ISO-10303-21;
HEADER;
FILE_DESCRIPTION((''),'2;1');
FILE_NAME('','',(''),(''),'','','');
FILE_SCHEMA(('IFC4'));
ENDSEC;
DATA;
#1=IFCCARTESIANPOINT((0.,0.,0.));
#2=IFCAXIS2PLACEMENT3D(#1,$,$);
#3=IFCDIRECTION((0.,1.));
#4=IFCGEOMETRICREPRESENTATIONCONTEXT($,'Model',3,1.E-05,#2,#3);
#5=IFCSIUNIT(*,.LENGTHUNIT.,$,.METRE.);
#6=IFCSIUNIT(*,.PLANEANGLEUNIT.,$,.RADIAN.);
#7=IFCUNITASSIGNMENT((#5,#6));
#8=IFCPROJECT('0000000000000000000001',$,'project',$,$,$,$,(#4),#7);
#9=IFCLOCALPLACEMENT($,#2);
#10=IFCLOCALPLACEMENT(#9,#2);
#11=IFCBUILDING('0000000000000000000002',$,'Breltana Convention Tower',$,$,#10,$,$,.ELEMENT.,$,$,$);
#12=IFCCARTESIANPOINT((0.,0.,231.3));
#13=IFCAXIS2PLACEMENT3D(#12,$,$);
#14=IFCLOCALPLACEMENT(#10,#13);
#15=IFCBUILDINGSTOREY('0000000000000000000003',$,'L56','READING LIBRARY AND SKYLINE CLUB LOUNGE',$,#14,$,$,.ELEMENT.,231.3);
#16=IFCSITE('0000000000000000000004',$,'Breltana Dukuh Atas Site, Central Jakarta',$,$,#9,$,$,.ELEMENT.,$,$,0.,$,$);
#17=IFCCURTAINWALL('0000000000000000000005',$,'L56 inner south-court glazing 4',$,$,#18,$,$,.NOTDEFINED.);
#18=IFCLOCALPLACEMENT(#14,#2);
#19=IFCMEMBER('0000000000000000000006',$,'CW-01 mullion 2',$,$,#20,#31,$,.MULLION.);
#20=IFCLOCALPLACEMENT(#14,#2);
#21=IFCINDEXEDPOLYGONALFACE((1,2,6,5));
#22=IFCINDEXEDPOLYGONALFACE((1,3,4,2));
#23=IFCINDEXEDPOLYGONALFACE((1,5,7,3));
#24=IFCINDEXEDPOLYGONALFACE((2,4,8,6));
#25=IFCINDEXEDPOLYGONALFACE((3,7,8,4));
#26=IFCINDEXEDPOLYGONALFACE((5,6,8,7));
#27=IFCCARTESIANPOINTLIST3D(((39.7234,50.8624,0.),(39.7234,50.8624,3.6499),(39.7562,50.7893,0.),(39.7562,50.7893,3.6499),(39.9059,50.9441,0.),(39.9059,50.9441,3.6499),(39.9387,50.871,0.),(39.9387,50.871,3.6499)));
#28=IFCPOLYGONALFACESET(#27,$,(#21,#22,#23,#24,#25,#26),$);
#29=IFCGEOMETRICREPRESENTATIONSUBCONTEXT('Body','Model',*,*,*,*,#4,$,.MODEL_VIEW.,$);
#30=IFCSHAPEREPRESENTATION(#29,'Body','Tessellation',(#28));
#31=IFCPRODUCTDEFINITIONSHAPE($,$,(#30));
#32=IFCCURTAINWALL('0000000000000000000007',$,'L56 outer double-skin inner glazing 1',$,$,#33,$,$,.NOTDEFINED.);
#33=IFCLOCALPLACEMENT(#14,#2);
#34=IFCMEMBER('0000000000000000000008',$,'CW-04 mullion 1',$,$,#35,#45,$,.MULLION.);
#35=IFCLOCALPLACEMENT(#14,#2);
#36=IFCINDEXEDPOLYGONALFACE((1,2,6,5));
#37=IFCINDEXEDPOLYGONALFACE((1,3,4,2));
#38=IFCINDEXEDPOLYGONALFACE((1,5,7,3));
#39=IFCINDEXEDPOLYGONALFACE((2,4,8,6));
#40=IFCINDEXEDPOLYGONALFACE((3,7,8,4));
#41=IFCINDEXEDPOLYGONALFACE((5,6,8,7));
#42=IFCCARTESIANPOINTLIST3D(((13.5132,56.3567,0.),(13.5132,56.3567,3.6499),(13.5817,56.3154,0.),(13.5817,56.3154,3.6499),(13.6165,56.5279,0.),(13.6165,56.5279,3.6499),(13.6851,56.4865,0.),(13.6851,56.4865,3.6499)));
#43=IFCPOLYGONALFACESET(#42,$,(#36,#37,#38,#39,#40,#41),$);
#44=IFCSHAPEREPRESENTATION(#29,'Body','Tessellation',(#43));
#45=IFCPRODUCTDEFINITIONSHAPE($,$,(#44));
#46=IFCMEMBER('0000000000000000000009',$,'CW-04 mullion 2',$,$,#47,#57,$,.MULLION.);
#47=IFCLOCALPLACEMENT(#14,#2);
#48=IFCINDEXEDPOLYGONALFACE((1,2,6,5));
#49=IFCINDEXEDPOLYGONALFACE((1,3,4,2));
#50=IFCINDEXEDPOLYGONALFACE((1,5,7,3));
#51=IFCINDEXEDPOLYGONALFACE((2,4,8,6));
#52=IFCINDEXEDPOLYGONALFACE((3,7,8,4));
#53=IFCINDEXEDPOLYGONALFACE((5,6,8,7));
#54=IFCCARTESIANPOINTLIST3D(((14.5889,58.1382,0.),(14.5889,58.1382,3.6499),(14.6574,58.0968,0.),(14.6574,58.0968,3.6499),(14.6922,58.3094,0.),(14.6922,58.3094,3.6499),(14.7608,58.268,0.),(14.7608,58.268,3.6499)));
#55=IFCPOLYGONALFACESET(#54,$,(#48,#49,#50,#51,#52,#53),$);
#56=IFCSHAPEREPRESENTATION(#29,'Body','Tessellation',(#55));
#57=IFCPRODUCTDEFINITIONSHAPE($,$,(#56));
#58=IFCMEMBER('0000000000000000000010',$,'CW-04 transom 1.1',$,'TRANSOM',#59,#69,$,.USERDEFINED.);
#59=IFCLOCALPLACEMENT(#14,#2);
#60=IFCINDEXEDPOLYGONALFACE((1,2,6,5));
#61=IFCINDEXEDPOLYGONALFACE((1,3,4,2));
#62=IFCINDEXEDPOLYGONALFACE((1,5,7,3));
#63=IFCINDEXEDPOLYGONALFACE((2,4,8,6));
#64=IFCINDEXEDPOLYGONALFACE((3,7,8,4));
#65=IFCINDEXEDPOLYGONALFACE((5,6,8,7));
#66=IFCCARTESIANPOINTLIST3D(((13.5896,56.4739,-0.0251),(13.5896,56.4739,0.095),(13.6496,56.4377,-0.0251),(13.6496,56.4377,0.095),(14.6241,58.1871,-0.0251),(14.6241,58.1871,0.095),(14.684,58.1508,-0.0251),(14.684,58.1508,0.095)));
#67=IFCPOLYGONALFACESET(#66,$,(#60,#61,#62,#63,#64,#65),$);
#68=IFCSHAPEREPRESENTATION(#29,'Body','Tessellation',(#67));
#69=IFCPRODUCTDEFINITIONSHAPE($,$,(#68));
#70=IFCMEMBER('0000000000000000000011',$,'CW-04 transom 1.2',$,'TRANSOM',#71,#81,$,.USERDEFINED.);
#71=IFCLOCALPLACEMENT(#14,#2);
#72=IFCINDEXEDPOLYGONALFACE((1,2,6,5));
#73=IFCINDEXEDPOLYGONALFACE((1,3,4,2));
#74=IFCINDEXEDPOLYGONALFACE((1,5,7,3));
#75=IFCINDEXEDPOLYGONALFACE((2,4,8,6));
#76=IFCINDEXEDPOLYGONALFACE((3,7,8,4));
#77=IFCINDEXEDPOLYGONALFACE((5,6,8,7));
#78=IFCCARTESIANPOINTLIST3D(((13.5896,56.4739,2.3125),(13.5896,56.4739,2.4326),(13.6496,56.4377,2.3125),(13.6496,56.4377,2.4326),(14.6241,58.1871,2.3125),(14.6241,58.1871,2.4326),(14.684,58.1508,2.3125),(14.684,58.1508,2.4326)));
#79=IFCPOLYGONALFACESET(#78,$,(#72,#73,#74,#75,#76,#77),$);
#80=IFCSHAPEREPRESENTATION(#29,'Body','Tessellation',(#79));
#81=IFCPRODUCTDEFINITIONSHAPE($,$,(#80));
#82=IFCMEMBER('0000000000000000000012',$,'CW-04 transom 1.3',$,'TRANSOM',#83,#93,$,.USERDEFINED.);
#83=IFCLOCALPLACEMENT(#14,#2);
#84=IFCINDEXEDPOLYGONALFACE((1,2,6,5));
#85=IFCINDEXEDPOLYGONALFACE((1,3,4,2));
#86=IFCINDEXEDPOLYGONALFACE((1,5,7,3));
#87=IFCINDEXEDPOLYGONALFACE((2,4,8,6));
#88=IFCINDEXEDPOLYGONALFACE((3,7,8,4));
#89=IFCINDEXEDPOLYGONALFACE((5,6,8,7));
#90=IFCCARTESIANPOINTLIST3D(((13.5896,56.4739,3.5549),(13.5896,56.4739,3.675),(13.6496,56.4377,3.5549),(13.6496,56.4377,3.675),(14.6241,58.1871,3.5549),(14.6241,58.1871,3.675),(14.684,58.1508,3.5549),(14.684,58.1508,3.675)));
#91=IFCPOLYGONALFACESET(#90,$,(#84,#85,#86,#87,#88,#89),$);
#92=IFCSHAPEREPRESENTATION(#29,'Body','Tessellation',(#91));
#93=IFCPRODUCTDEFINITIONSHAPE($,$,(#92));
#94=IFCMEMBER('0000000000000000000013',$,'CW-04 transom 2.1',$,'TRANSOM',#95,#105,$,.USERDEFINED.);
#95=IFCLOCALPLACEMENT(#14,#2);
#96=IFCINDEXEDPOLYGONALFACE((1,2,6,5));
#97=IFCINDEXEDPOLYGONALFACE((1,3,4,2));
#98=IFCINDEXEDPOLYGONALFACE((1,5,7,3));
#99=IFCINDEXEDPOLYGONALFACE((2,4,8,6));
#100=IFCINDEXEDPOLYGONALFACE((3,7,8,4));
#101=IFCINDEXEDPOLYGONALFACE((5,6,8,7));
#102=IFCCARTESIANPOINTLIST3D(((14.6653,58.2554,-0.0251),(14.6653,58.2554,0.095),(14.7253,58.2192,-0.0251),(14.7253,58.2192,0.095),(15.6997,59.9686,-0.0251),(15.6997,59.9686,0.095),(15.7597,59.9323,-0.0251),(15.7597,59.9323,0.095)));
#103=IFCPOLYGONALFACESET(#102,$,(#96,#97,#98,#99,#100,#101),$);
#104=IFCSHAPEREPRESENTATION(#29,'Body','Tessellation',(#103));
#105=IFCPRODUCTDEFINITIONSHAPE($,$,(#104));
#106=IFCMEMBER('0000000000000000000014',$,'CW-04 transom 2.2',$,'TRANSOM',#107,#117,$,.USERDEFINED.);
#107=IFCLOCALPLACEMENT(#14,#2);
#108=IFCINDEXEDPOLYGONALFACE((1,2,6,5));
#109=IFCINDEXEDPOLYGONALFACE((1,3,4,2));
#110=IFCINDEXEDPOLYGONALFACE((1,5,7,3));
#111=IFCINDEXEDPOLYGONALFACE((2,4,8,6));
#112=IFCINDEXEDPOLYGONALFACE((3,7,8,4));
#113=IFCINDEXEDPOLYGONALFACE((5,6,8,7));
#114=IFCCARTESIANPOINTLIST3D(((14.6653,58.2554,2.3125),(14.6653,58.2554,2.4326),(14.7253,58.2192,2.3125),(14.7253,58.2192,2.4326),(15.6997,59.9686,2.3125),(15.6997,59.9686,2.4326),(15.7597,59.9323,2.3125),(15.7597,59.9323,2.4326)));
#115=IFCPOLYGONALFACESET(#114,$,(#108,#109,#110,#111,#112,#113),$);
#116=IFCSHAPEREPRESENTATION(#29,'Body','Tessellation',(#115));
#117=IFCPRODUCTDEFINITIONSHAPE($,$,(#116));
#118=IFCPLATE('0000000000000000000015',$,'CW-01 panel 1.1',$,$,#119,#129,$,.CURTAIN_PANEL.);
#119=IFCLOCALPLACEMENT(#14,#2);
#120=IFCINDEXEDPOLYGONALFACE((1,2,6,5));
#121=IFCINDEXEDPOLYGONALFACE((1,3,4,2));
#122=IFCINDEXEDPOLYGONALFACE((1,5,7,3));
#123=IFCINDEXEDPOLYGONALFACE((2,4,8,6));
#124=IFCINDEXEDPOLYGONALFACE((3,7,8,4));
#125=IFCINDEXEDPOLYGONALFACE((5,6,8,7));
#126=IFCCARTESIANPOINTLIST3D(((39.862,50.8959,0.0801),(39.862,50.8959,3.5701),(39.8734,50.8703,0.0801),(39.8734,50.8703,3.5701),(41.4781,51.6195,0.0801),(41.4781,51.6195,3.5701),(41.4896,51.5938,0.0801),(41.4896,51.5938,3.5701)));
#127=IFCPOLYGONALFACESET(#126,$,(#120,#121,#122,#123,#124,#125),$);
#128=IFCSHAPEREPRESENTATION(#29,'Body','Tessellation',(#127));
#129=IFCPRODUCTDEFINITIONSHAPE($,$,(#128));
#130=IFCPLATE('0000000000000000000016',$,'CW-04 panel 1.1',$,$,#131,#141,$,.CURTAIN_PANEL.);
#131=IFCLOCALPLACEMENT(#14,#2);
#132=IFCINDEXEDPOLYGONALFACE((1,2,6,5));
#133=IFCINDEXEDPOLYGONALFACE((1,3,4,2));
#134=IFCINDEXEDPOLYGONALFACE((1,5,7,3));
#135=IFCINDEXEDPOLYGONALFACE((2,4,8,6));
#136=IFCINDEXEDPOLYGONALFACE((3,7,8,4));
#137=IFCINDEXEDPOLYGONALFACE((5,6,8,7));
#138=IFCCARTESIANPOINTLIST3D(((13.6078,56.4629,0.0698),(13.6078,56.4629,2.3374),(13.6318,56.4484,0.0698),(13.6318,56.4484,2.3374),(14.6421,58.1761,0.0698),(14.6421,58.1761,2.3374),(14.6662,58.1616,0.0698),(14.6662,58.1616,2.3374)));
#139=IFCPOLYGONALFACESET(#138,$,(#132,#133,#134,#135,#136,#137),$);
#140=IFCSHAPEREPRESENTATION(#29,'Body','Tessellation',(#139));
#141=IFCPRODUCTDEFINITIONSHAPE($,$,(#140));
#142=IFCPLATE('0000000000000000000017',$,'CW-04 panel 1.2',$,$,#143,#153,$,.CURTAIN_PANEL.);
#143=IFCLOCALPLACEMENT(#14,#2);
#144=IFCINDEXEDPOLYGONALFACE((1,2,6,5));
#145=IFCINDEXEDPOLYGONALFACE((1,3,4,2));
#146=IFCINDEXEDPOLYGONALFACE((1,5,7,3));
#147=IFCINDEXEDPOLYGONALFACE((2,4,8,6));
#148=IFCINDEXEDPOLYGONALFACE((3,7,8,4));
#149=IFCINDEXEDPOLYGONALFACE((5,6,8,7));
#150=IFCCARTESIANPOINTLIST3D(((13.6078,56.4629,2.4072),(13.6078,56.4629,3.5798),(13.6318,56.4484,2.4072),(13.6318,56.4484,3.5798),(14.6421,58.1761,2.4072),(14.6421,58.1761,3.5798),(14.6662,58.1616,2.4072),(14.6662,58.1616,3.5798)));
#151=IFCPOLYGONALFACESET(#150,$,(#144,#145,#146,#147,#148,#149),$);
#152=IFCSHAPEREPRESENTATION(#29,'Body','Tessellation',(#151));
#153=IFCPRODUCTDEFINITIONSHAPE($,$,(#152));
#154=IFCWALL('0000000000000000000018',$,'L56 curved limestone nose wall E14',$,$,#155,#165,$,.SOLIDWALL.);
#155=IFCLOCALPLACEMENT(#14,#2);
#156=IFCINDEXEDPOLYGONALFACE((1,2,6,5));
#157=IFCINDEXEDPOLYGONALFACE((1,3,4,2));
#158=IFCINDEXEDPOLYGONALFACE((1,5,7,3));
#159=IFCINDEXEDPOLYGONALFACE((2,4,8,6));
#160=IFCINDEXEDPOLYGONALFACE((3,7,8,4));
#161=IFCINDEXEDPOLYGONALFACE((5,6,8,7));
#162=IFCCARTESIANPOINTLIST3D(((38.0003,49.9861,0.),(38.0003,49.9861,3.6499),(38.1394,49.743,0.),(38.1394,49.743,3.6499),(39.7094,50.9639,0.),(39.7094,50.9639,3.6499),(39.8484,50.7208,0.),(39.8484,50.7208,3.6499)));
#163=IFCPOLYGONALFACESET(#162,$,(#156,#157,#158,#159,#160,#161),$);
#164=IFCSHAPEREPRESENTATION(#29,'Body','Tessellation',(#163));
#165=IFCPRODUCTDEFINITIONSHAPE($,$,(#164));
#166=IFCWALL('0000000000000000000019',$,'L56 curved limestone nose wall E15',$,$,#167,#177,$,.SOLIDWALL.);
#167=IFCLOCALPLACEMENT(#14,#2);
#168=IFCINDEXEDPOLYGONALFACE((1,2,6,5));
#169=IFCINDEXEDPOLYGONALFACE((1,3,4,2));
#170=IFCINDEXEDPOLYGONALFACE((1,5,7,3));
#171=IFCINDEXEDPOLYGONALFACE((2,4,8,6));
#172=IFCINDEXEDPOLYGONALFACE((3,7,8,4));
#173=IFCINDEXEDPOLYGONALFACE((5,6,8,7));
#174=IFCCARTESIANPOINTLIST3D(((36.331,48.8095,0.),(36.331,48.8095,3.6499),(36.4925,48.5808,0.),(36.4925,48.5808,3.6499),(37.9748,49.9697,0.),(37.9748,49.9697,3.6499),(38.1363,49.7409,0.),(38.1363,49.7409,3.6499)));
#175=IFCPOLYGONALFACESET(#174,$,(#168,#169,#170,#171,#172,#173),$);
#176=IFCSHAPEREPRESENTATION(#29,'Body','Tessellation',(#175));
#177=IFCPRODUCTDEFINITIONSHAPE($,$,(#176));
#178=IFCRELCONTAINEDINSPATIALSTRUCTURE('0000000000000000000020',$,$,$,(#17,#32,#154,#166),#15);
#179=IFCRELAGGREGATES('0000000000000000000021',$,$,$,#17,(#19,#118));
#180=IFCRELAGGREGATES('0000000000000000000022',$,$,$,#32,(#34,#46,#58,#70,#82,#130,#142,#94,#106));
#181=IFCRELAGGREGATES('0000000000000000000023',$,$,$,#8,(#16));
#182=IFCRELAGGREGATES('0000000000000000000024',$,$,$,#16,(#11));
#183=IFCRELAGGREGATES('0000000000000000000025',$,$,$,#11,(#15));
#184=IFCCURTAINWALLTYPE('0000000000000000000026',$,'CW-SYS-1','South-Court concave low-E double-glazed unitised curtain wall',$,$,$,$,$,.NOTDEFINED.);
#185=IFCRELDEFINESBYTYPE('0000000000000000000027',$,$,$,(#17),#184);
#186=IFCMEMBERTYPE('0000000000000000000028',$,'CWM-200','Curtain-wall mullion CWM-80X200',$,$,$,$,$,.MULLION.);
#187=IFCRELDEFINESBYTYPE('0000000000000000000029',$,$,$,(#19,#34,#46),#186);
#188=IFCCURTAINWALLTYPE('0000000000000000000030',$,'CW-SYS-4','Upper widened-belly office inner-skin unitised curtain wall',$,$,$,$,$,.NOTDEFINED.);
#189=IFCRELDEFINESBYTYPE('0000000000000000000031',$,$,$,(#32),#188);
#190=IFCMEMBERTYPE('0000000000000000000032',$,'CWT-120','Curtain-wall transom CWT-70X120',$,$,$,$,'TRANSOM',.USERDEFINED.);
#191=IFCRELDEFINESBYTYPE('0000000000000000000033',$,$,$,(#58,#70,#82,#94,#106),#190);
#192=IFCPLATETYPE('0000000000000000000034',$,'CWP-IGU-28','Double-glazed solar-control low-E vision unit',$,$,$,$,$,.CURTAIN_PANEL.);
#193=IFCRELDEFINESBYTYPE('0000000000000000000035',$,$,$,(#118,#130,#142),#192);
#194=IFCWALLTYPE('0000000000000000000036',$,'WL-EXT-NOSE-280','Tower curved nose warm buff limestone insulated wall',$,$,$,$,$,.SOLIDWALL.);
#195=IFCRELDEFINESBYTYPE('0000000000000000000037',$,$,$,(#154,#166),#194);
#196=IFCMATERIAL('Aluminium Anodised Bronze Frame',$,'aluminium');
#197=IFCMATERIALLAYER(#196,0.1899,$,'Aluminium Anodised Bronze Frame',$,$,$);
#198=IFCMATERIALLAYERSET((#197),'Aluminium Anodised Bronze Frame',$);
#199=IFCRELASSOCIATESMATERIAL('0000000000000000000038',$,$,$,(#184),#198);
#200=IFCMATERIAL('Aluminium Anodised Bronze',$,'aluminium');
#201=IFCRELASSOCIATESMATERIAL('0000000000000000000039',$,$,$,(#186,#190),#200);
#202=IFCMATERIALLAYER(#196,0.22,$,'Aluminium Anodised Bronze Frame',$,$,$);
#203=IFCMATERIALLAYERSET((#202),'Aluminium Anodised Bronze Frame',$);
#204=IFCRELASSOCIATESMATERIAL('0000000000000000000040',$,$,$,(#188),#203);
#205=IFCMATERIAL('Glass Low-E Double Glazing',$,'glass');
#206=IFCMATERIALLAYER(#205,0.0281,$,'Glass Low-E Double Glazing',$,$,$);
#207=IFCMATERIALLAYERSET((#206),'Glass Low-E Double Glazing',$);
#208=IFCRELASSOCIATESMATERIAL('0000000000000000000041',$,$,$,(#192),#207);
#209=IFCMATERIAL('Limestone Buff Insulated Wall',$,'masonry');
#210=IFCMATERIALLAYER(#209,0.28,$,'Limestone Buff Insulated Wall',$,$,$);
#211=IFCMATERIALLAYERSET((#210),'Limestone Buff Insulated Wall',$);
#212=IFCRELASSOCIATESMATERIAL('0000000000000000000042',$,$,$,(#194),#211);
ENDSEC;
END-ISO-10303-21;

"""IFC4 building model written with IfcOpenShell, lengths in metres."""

from ifc_helpers import new_model, si_unit, direction, frame, frame_2d, origin, origin_2d, place, context, subcontext, project, spatial, rectangle, extrude, source, transform, mapped, material, layer, layer_set, material_profile, profile_set, type_object, element, aggregate, save


model = new_model("IFC4")

# Units and contexts
model_context = context("Model", 3, precision=1e-05, world=origin(), true_north=direction((0.0, 1.0)))
body_context = subcontext(model_context, "Body", "Model", "MODEL_VIEW")
ifc_project = project(units=[si_unit("LENGTHUNIT", "METRE"), si_unit("PLANEANGLEUNIT", "RADIAN")], contexts=[model_context])

# Site, building, storey
site_placement = place(None, origin())
site = spatial("IfcSite", under=ifc_project, at=site_placement, Name="Breltana Dukuh Atas Site, Central Jakarta", CompositionType="ELEMENT", RefElevation=0.0)
building_placement = place(site_placement, origin())
building = spatial("IfcBuilding", under=site, at=building_placement, Name="Breltana Convention Tower", CompositionType="ELEMENT")
storey_placement = place(building_placement, frame((0.0, 0.0, 231.3)))
storey = spatial("IfcBuildingStorey", under=building, at=storey_placement, Name="L56", Description="READING LIBRARY AND SKYLINE CLUB LOUNGE", CompositionType="ELEMENT", Elevation=231.3)

# Curtain wall, member
ifc_material_1 = material(Name="Aluminium Anodised Bronze Frame", Category="aluminium")
ifc_layer_1 = layer(ifc_material_1, 0.1899, Name="Aluminium Anodised Bronze Frame")
ifc_layer_set_1 = layer_set([ifc_layer_1], Name="Aluminium Anodised Bronze Frame")
curtain_wall_type_1 = type_object("IfcCurtainWallType", Name="CW-SYS-1", Description="South-Court concave low-E double-glazed unitised curtain wall", PredefinedType="NOTDEFINED", material=ifc_layer_set_1)
curtain_wall_1_placement = place(storey_placement, origin())
curtain_wall_1 = element("IfcCurtainWall", 1, at=curtain_wall_1_placement, inside=storey, type_object=curtain_wall_type_1, Name="L56 inner south-court glazing 4", PredefinedType="NOTDEFINED")
ifc_material_2 = material(Name="Aluminium Anodised Bronze", Category="aluminium")
ifc_material_profile_1 = material_profile(ifc_material_2, rectangle(XDim=0.0801, YDim=0.2, at=origin_2d()), Name="CWM-80X200")
ifc_profile_set_1 = profile_set([ifc_material_profile_1], Name="Aluminium Anodised Bronze")
member_type_1 = type_object("IfcMemberType", Name="CWM-200", Description="Curtain-wall mullion CWM-80X200", PredefinedType="MULLION", material=ifc_profile_set_1)
shared_shape_1 = source(origin(), body_context, "Body", "SweptSolid", [
    extrude(rectangle(XDim=0.0801, YDim=0.2, at=origin_2d()), origin(), (0.0, 0.0, 1.0), 3.6499),
])
member_1_placement = place(storey_placement, frame((39.8311, 50.8667, 0.0), z_axis=(0.0, 0.0, 1.0), x_axis=(0.408602, -0.912713, 0.0)))
member_1 = element("IfcMember", 2, at=member_1_placement, type_object=member_type_1, Name="CW-01 mullion 2", PredefinedType="MULLION", context=body_context, shape_type="MappedRepresentation", body=[
    mapped(shared_shape_1, transform((0.0, 0.0, 0.0), scale=1.0)),
])

# Curtain wall, members
ifc_layer_2 = layer(ifc_material_1, 0.22, Name="Aluminium Anodised Bronze Frame")
ifc_layer_set_2 = layer_set([ifc_layer_2], Name="Aluminium Anodised Bronze Frame")
curtain_wall_type_2 = type_object("IfcCurtainWallType", Name="CW-SYS-4", Description="Upper widened-belly office inner-skin unitised curtain wall", PredefinedType="NOTDEFINED", material=ifc_layer_set_2)
curtain_wall_2_placement = place(storey_placement, origin())
curtain_wall_2 = element("IfcCurtainWall", 3, at=curtain_wall_2_placement, inside=storey, type_object=curtain_wall_type_2, Name="L56 outer double-skin inner glazing 1", PredefinedType="NOTDEFINED")
member_2_placement = place(storey_placement, frame((13.5991, 56.4216, 0.0), z_axis=(0.0, 0.0, 1.0), x_axis=(-0.856061, 0.516875, 0.0)))
member_2 = element("IfcMember", 4, at=member_2_placement, type_object=member_type_1, Name="CW-04 mullion 1", PredefinedType="MULLION", context=body_context, shape_type="MappedRepresentation", body=[
    mapped(shared_shape_1, transform((0.0, 0.0, 0.0), scale=1.0)),
])
member_3_placement = place(storey_placement, frame((14.6748, 58.2031, 0.0), z_axis=(0.0, 0.0, 1.0), x_axis=(-0.856061, 0.516875, 0.0)))
member_3 = element("IfcMember", 5, at=member_3_placement, type_object=member_type_1, Name="CW-04 mullion 2", PredefinedType="MULLION", context=body_context, shape_type="MappedRepresentation", body=[
    mapped(shared_shape_1, transform((0.0, 0.0, 0.0), scale=1.0)),
])
ifc_material_profile_2 = material_profile(ifc_material_2, rectangle(XDim=0.0701, YDim=0.1201, at=origin_2d()), Name="CWT-70X120")
ifc_profile_set_2 = profile_set([ifc_material_profile_2], Name="Aluminium Anodised Bronze")
member_type_2 = type_object("IfcMemberType", Name="CWT-120", Description="Curtain-wall transom CWT-70X120", ElementType="TRANSOM", PredefinedType="USERDEFINED", material=ifc_profile_set_2)
shared_shape_2 = source(origin(), body_context, "Body", "SweptSolid", [
    extrude(rectangle(XDim=0.0701, YDim=0.1201, at=origin_2d()), origin(), (0.0, 0.0, 1.0), 2.0012),
])
member_4_placement = place(storey_placement, frame((13.6196, 56.4558, 0.0349), z_axis=(0.516898, 0.856047, 0.0), x_axis=(-0.856047, 0.516898, 0.0)))
member_4 = element("IfcMember", 6, at=member_4_placement, type_object=member_type_2, Name="CW-04 transom 1.1", ObjectType="TRANSOM", PredefinedType="USERDEFINED", context=body_context, shape_type="MappedRepresentation", body=[
    mapped(shared_shape_2, transform((0.0, 0.0, 0.0), scale=1.0)),
])
member_5_placement = place(storey_placement, frame((13.6196, 56.4558, 2.3726), z_axis=(0.516898, 0.856047, 0.0), x_axis=(-0.856047, 0.516898, 0.0)))
member_5 = element("IfcMember", 7, at=member_5_placement, type_object=member_type_2, Name="CW-04 transom 1.2", ObjectType="TRANSOM", PredefinedType="USERDEFINED", context=body_context, shape_type="MappedRepresentation", body=[
    mapped(shared_shape_2, transform((0.0, 0.0, 0.0), scale=1.0)),
])
member_6_placement = place(storey_placement, frame((13.6196, 56.4558, 3.615), z_axis=(0.516898, 0.856047, 0.0), x_axis=(-0.856047, 0.516898, 0.0)))
member_6 = element("IfcMember", 8, at=member_6_placement, type_object=member_type_2, Name="CW-04 transom 1.3", ObjectType="TRANSOM", PredefinedType="USERDEFINED", context=body_context, shape_type="MappedRepresentation", body=[
    mapped(shared_shape_2, transform((0.0, 0.0, 0.0), scale=1.0)),
])
member_7_placement = place(storey_placement, frame((14.6953, 58.2373, 0.0349), z_axis=(0.516898, 0.856047, 0.0), x_axis=(-0.856047, 0.516898, 0.0)))
member_7 = element("IfcMember", 9, at=member_7_placement, type_object=member_type_2, Name="CW-04 transom 2.1", ObjectType="TRANSOM", PredefinedType="USERDEFINED", context=body_context, shape_type="MappedRepresentation", body=[
    mapped(shared_shape_2, transform((0.0, 0.0, 0.0), scale=1.0)),
])
member_8_placement = place(storey_placement, frame((14.6953, 58.2373, 2.3726), z_axis=(0.516898, 0.856047, 0.0), x_axis=(-0.856047, 0.516898, 0.0)))
member_8 = element("IfcMember", 10, at=member_8_placement, type_object=member_type_2, Name="CW-04 transom 2.2", ObjectType="TRANSOM", PredefinedType="USERDEFINED", context=body_context, shape_type="MappedRepresentation", body=[
    mapped(shared_shape_2, transform((0.0, 0.0, 0.0), scale=1.0)),
])

# Plates
ifc_material_3 = material(Name="Glass Low-E Double Glazing", Category="glass")
ifc_layer_3 = layer(ifc_material_3, 0.0281, Name="Glass Low-E Double Glazing")
ifc_layer_set_3 = layer_set([ifc_layer_3], Name="Glass Low-E Double Glazing")
plate_type = type_object("IfcPlateType", Name="CWP-IGU-28", Description="Double-glazed solar-control low-E vision unit", PredefinedType="CURTAIN_PANEL", material=ifc_layer_set_3)
shared_shape_3 = source(origin(), body_context, "Body", "SweptSolid", [
    extrude(rectangle(XDim=1.7708, YDim=0.0281, at=origin_2d()), origin(), (0.0, 0.0, 1.0), 3.49),
])
plate_1_placement = place(storey_placement, frame((40.6758, 51.2449, 0.0801), z_axis=(0.0, 0.0, 1.0), x_axis=(-0.912713, -0.408602, 0.0)))
plate_1 = element("IfcPlate", 11, at=plate_1_placement, type_object=plate_type, Name="CW-01 panel 1.1", PredefinedType="CURTAIN_PANEL", context=body_context, shape_type="MappedRepresentation", body=[
    mapped(shared_shape_3, transform((0.0, 0.0, 0.0), scale=1.0)),
])
aggregate(curtain_wall_1, [member_1, plate_1])
shared_shape_4 = source(origin(), body_context, "Body", "SweptSolid", [
    extrude(rectangle(XDim=2.0012, YDim=0.0281, at=origin_2d()), origin(), (0.0, 0.0, 1.0), 2.2676),
])
plate_2_placement = place(storey_placement, frame((14.137, 57.3123, 0.0698), z_axis=(0.0, 0.0, 1.0), x_axis=(0.516875, 0.856061, 0.0)))
plate_2 = element("IfcPlate", 12, at=plate_2_placement, type_object=plate_type, Name="CW-04 panel 1.1", PredefinedType="CURTAIN_PANEL", context=body_context, shape_type="MappedRepresentation", body=[
    mapped(shared_shape_4, transform((0.0, 0.0, 0.0), scale=1.0)),
])
shared_shape_5 = source(origin(), body_context, "Body", "SweptSolid", [
    extrude(rectangle(XDim=2.0012, YDim=0.0281, at=origin_2d()), origin(), (0.0, 0.0, 1.0), 1.1726),
])
plate_3_placement = place(storey_placement, frame((14.137, 57.3123, 2.4072), z_axis=(0.0, 0.0, 1.0), x_axis=(0.516875, 0.856061, 0.0)))
plate_3 = element("IfcPlate", 13, at=plate_3_placement, type_object=plate_type, Name="CW-04 panel 1.2", PredefinedType="CURTAIN_PANEL", context=body_context, shape_type="MappedRepresentation", body=[
    mapped(shared_shape_5, transform((0.0, 0.0, 0.0), scale=1.0)),
])
aggregate(curtain_wall_2, [member_2, member_3, member_4, member_5, member_6, plate_2, plate_3, member_7, member_8])

# Walls
ifc_material_4 = material(Name="Limestone Buff Insulated Wall", Category="masonry")
ifc_layer_4 = layer(ifc_material_4, 0.28, Name="Limestone Buff Insulated Wall")
ifc_layer_set_4 = layer_set([ifc_layer_4], Name="Limestone Buff Insulated Wall")
wall_type_1 = type_object("IfcWallType", Name="WL-EXT-NOSE-280", Description="Tower curved nose warm buff limestone insulated wall", PredefinedType="SOLIDWALL", material=ifc_layer_set_4)
shared_shape_6 = source(origin(), body_context, "Body", "SweptSolid", [
    extrude(rectangle(XDim=1.969, YDim=0.28, at=frame_2d((0.9844, 0.0))), origin(), (0.0, 0.0, 1.0), 3.6499),
])
wall_1_placement = place(storey_placement, frame((39.7788, 50.8423, 0.0), z_axis=(0.0, 0.0, 1.0), x_axis=(-0.867976, -0.496606, 0.0)))
element("IfcWall", 14, at=wall_1_placement, inside=storey, type_object=wall_type_1, Name="L56 curved limestone nose wall E14", PredefinedType="SOLIDWALL", context=body_context, shape_type="MappedRepresentation", body=[
    mapped(shared_shape_6, transform((0.0, 0.0, 0.0), scale=1.0)),
])
shared_shape_7 = source(origin(), body_context, "Body", "SweptSolid", [
    extrude(rectangle(XDim=2.012, YDim=0.28, at=frame_2d((1.0059, 0.0))), origin(), (0.0, 0.0, 1.0), 3.6499),
])
wall_2_placement = place(storey_placement, frame((38.0554, 49.8552, 0.0), z_axis=(0.0, 0.0, 1.0), x_axis=(-0.817008, -0.576626, 0.0)))
element("IfcWall", 15, at=wall_2_placement, inside=storey, type_object=wall_type_1, Name="L56 curved limestone nose wall E15", PredefinedType="SOLIDWALL", context=body_context, shape_type="MappedRepresentation", body=[
    mapped(shared_shape_7, transform((0.0, 0.0, 0.0), scale=1.0)),
])

save(model, "model.ifc")
